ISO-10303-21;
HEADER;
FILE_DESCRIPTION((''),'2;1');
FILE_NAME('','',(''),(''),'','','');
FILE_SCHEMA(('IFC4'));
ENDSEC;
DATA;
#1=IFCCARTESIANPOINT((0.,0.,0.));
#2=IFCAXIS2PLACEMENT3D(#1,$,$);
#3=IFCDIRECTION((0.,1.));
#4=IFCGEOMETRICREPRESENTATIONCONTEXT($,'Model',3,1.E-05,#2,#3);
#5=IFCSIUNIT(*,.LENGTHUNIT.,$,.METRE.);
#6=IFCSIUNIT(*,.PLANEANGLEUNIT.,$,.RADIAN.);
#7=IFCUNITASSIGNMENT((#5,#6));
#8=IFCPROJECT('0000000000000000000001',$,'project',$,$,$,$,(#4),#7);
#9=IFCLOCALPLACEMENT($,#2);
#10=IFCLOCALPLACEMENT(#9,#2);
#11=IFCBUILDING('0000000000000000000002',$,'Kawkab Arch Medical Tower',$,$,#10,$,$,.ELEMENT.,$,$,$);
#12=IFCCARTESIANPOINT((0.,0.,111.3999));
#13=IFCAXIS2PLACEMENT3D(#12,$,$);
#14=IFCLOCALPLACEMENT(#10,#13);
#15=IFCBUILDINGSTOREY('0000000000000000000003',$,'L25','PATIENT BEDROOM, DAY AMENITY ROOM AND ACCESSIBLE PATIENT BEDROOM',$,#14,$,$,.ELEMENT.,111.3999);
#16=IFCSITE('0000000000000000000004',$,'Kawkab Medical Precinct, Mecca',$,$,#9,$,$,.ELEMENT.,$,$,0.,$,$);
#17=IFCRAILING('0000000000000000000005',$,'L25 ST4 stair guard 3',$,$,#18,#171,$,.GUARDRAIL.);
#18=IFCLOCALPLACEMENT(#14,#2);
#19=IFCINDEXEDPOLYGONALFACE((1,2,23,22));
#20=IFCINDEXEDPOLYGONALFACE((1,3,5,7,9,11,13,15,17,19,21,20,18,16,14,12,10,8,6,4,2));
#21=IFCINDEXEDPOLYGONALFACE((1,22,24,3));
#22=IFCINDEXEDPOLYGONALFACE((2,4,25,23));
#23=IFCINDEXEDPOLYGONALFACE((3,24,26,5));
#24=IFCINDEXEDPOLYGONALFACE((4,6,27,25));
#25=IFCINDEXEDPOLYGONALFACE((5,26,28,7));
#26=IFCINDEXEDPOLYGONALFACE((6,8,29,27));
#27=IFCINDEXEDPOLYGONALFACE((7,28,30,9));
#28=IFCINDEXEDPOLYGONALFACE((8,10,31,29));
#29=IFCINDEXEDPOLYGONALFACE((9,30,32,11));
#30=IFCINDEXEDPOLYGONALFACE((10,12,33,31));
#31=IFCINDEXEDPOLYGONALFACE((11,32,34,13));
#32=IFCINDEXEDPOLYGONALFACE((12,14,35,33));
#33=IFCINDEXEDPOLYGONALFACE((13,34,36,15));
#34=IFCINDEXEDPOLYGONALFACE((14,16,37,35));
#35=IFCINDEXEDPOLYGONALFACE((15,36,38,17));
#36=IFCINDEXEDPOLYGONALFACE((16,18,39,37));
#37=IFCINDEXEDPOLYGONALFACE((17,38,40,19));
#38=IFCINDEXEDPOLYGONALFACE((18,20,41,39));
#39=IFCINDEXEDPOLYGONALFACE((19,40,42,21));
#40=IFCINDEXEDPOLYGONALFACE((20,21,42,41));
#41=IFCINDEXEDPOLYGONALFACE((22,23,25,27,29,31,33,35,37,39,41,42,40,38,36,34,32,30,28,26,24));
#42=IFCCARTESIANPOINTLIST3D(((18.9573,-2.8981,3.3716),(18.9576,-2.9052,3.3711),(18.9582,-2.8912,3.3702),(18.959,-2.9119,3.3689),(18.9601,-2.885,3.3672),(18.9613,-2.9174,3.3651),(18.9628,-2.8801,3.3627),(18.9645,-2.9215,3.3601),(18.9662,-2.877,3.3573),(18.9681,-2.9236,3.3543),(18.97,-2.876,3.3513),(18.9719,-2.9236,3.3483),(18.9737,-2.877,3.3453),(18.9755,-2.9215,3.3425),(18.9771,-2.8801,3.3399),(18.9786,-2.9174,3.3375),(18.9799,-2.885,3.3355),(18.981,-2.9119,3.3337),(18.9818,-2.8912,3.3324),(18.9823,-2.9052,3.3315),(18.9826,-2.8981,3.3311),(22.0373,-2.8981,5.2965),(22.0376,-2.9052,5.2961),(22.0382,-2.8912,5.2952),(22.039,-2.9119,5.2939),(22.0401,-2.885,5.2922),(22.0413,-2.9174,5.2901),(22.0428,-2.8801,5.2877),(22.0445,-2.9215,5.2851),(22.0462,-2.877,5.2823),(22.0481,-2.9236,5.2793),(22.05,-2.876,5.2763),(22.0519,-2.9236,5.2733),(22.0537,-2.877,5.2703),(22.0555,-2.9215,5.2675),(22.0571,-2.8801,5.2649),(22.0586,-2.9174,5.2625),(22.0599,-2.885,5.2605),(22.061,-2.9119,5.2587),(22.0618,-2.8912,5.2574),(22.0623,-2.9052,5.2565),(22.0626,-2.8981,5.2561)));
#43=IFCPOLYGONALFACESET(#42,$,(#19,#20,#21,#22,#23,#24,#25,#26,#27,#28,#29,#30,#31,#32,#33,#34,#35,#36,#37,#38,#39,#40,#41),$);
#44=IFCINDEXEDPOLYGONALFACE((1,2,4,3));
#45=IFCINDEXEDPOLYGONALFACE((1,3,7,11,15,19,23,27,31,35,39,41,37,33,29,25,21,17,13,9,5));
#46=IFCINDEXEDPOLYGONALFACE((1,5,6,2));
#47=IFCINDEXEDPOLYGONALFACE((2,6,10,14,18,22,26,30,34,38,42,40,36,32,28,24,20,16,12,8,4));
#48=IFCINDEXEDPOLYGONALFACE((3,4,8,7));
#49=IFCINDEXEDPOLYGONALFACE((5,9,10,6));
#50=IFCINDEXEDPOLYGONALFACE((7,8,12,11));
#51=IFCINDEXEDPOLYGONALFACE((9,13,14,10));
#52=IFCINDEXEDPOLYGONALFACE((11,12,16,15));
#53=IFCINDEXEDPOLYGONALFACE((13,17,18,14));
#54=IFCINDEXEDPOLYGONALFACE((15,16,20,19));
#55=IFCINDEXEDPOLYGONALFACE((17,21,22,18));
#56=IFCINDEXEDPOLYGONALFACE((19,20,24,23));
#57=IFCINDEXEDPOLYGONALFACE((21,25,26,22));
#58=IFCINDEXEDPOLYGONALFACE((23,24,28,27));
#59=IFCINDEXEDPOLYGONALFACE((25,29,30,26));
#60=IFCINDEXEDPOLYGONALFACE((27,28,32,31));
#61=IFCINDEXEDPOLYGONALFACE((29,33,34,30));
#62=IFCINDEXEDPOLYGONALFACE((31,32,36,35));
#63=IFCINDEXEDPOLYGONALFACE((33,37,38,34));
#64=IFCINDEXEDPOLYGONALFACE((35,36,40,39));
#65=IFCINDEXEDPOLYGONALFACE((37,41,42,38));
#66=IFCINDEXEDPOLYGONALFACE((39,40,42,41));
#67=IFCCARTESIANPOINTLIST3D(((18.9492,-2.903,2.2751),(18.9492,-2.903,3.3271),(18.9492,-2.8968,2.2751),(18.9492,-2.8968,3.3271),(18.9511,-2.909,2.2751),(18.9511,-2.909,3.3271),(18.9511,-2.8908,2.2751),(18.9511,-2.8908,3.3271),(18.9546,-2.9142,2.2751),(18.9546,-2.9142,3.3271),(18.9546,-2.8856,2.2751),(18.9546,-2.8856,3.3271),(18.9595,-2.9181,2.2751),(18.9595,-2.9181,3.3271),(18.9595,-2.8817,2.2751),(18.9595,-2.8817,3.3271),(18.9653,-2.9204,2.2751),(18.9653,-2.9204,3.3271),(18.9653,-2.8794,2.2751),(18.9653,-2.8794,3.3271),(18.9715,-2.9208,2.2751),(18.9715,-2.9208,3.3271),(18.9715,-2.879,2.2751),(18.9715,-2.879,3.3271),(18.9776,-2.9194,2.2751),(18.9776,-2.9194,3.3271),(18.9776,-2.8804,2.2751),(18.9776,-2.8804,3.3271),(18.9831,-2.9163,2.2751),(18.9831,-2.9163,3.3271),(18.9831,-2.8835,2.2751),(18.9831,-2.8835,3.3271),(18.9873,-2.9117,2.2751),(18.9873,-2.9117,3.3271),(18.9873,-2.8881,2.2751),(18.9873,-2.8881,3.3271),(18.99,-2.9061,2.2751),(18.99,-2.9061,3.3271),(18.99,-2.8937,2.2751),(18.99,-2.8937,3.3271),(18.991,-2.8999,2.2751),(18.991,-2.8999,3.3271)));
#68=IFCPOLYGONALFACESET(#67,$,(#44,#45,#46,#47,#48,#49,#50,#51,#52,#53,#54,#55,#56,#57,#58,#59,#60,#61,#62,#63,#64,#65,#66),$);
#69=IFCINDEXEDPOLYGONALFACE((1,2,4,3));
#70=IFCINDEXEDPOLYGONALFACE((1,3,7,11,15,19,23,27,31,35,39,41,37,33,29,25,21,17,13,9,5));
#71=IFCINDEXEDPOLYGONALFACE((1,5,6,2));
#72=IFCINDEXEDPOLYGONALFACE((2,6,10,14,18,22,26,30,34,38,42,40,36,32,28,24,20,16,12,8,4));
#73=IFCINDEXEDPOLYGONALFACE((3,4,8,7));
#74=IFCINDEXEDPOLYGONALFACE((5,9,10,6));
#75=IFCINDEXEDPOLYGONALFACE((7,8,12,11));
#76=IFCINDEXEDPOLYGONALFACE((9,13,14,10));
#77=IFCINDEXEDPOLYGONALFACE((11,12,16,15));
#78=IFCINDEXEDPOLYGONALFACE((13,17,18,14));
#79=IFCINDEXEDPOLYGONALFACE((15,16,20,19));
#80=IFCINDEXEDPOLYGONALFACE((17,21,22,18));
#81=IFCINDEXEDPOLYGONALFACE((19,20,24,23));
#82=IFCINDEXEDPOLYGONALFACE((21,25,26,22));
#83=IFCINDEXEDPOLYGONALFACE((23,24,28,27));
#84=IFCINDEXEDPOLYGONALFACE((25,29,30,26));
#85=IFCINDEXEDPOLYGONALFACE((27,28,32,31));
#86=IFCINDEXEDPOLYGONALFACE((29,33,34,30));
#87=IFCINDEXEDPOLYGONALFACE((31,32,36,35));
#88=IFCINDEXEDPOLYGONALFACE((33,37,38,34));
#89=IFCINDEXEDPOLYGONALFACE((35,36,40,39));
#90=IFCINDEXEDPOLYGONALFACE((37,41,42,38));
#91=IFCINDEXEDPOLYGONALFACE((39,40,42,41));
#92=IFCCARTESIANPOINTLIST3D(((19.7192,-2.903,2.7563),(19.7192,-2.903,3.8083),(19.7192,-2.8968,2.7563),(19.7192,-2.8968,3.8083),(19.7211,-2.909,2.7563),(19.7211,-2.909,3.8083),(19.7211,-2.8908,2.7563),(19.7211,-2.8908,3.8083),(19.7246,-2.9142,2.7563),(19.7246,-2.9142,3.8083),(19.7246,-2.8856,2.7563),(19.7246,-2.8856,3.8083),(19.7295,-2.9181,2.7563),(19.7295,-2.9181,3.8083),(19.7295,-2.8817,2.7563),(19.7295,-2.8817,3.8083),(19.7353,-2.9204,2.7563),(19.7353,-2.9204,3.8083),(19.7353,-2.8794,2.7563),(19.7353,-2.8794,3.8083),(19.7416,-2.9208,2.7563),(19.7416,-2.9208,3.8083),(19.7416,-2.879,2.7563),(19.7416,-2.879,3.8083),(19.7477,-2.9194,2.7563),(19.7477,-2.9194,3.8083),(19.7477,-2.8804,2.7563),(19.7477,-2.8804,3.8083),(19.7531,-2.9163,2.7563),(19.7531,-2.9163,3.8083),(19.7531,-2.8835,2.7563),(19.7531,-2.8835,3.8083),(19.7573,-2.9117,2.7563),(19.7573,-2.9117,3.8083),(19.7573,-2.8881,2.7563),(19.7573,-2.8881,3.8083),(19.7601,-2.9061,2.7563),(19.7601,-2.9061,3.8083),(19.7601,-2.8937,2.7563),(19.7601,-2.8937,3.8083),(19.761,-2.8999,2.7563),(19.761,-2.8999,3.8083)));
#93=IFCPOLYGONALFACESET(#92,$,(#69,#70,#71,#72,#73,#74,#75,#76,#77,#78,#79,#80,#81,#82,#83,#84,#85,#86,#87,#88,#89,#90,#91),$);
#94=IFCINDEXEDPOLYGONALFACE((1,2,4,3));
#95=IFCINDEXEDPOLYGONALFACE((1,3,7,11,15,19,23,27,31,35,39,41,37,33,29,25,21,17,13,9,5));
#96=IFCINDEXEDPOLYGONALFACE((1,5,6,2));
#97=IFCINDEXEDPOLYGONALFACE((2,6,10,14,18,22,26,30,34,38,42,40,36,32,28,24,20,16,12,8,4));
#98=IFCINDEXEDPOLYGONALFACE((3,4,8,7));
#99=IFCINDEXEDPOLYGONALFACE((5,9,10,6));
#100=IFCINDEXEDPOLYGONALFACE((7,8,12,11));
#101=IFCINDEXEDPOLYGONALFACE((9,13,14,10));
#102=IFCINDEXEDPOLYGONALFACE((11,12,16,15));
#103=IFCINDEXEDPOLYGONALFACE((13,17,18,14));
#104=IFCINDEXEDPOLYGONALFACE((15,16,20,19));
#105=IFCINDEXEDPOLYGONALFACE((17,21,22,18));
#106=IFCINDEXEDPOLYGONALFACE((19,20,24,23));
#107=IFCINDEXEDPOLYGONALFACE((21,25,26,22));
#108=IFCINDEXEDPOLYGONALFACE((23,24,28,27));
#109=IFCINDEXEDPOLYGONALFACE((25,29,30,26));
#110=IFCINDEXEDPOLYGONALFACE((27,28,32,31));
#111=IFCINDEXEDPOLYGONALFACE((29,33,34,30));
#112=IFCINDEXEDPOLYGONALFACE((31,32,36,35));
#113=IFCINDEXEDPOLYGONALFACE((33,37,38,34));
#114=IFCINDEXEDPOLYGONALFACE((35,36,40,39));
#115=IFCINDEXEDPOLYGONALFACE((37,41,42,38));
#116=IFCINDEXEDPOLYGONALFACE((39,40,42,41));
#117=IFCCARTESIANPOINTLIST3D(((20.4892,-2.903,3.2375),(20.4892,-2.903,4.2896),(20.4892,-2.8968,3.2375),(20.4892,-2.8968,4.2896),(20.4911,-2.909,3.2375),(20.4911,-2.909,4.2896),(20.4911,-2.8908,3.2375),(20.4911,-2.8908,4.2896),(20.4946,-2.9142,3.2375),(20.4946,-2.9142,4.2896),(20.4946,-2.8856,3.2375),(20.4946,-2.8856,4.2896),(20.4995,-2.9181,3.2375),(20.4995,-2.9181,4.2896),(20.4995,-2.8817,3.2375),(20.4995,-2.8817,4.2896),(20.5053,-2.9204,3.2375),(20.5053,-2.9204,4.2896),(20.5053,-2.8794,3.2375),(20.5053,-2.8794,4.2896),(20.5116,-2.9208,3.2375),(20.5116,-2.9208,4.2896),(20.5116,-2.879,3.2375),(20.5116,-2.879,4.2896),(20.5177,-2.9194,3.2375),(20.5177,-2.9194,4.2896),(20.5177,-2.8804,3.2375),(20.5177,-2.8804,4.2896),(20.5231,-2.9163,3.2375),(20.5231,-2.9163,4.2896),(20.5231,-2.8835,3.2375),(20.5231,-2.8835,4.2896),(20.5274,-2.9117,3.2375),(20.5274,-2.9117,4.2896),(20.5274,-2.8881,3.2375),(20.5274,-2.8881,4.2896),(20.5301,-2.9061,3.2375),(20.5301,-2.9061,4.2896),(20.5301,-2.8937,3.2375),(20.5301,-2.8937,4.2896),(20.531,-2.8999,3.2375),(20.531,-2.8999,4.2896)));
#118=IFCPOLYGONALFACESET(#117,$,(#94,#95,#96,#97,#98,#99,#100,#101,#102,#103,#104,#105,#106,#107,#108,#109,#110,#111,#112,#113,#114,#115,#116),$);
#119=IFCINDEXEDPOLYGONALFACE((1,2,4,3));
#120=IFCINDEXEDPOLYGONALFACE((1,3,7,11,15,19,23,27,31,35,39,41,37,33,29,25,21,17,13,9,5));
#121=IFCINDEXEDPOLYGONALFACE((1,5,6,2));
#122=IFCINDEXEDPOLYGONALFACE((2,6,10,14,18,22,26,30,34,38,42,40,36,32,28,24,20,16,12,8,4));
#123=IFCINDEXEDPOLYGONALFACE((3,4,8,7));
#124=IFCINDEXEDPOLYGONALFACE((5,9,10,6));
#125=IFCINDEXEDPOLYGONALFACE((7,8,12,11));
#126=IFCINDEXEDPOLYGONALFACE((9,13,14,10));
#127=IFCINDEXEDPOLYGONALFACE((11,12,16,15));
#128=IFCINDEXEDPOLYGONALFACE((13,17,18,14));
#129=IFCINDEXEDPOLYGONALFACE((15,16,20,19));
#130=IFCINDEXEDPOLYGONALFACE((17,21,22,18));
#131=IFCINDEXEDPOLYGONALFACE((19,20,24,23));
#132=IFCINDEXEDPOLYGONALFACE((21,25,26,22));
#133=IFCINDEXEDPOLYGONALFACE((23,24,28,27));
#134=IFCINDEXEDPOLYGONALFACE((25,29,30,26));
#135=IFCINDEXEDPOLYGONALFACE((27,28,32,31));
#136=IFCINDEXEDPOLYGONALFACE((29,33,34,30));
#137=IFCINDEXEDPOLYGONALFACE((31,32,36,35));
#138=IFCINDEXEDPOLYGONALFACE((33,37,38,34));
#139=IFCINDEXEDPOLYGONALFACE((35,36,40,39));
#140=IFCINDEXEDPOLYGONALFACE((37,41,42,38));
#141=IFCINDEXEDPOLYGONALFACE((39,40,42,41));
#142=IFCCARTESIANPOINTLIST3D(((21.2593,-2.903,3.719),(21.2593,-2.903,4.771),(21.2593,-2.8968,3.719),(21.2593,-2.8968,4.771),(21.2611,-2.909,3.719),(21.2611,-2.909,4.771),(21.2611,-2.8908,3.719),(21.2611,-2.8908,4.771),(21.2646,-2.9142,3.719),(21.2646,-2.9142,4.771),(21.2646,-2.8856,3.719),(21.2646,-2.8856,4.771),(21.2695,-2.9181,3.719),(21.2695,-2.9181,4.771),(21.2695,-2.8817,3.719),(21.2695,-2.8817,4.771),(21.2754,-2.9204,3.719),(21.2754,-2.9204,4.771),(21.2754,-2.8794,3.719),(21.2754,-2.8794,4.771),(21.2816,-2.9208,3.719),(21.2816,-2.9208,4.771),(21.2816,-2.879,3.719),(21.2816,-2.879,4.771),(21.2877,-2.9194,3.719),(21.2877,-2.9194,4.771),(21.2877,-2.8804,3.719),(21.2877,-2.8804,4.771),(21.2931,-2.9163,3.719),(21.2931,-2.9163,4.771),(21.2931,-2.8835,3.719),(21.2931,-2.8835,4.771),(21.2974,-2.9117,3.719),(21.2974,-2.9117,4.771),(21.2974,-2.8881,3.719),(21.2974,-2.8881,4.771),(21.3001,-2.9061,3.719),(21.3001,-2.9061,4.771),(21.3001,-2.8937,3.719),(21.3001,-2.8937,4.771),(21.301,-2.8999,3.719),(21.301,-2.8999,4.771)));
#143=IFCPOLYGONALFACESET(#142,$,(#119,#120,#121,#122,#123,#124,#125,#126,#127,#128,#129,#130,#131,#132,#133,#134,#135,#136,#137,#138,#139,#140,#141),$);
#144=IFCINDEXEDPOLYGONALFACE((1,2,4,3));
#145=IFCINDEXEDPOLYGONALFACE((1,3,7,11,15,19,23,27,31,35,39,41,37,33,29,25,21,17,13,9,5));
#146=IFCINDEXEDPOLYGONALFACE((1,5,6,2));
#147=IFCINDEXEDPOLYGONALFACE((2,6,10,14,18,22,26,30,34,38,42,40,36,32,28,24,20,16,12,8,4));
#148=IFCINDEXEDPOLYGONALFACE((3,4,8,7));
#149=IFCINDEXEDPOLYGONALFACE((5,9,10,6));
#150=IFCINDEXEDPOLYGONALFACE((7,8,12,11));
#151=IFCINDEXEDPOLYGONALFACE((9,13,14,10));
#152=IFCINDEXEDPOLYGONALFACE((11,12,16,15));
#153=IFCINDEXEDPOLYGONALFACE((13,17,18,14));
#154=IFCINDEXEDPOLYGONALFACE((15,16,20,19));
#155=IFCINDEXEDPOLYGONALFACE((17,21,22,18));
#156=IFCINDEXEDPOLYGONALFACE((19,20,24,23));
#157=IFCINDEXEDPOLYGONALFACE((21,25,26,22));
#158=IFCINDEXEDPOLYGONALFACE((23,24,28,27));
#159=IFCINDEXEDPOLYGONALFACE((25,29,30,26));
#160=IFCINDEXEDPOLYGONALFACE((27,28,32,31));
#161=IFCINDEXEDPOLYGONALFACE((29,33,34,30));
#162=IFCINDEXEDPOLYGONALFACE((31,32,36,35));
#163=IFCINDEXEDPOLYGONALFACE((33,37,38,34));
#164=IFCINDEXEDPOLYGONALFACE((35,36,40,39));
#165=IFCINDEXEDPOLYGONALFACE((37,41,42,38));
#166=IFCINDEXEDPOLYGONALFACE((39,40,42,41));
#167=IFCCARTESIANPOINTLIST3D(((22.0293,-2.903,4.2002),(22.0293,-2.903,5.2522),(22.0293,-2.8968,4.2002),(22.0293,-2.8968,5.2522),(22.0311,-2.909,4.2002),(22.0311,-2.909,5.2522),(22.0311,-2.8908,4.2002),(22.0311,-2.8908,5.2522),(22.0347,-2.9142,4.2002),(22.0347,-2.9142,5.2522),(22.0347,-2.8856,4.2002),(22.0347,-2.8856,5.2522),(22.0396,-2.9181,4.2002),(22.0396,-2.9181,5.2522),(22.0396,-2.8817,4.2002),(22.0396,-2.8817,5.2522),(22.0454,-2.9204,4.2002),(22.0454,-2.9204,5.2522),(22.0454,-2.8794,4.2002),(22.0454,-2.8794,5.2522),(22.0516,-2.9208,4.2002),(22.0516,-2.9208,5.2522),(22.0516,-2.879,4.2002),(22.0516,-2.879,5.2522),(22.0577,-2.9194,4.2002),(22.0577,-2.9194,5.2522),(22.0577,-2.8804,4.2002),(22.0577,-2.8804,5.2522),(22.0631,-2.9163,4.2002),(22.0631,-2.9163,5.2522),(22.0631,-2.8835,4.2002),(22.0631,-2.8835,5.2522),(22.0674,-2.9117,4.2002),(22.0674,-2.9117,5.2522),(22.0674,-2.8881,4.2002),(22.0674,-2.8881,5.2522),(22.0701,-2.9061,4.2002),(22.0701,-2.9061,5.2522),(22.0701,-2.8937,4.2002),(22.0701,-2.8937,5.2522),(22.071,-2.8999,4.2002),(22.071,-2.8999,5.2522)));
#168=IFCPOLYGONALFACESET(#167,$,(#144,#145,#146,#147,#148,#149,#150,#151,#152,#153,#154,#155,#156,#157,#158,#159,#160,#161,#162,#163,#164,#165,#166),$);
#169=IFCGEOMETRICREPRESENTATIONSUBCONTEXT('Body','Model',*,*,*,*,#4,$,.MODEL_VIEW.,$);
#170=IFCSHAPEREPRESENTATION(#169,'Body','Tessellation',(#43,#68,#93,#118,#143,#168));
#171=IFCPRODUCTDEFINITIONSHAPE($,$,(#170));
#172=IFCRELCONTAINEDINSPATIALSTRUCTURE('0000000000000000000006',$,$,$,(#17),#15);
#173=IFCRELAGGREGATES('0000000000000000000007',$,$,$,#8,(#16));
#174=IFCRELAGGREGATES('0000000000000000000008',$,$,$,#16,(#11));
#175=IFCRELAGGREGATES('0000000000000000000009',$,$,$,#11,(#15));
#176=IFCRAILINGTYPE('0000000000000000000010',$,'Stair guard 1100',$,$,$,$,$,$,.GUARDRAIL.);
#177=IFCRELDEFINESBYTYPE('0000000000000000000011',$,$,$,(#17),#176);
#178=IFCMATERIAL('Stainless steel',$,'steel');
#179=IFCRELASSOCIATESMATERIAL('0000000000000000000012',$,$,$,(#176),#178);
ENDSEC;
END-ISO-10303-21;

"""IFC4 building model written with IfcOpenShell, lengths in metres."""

from ifc_helpers import new_model, si_unit, direction, frame, origin, origin_2d, place, context, subcontext, project, spatial, circle, extrude, material, type_object, element, save


model = new_model("IFC4")

# Units and contexts
model_context = context("Model", 3, precision=1e-05, world=origin(), true_north=direction((0.0, 1.0)))
body_context = subcontext(model_context, "Body", "Model", "MODEL_VIEW")
ifc_project = project(units=[si_unit("LENGTHUNIT", "METRE"), si_unit("PLANEANGLEUNIT", "RADIAN")], contexts=[model_context])

# Site, building, storey
site_placement = place(None, origin())
site = spatial("IfcSite", under=ifc_project, at=site_placement, Name="Kawkab Medical Precinct, Mecca", CompositionType="ELEMENT", RefElevation=0.0)
building_placement = place(site_placement, origin())
building = spatial("IfcBuilding", under=site, at=building_placement, Name="Kawkab Arch Medical Tower", CompositionType="ELEMENT")
storey_placement = place(building_placement, frame((0.0, 0.0, 111.3999)))
storey = spatial("IfcBuildingStorey", under=building, at=storey_placement, Name="L25", Description="PATIENT BEDROOM, DAY AMENITY ROOM AND ACCESSIBLE PATIENT BEDROOM", CompositionType="ELEMENT", Elevation=111.3999)

# Railing
ifc_material_1 = material(Name="Stainless steel", Category="steel")
railing_type = type_object("IfcRailingType", Name="Stair guard 1100", PredefinedType="GUARDRAIL", material=ifc_material_1)
railing_1_placement = place(storey_placement, frame((18.97, -2.8999, 2.2751)))
element("IfcRailing", 1, at=railing_1_placement, inside=storey, type_object=railing_type, Name="L25 ST4 stair guard 3", PredefinedType="GUARDRAIL", context=body_context, shape_type="SweptSolid", body=[
    extrude(circle(Radius=0.0239, at=origin_2d()), frame((0.0, 0.0, 1.0762), z_axis=(0.847998, 0.0, 0.529999), x_axis=(0.0, 1.0, 0.0)), (0.0, 0.0, 1.0), 3.6321),
    extrude(circle(Radius=0.021, at=origin_2d()), origin(), (0.0, 0.0, 1.0), 1.052),
    extrude(circle(Radius=0.021, at=origin_2d()), frame((0.77, 0.0, 0.4812)), (0.0, 0.0, 1.0), 1.052),
    extrude(circle(Radius=0.021, at=origin_2d()), frame((1.54, 0.0, 0.9624)), (0.0, 0.0, 1.0), 1.052),
    extrude(circle(Radius=0.021, at=origin_2d()), frame((2.3101, 0.0, 1.4438)), (0.0, 0.0, 1.0), 1.052),
    extrude(circle(Radius=0.021, at=origin_2d()), frame((3.0801, 0.0, 1.925)), (0.0, 0.0, 1.0), 1.052),
])

save(model, "model.ifc")
